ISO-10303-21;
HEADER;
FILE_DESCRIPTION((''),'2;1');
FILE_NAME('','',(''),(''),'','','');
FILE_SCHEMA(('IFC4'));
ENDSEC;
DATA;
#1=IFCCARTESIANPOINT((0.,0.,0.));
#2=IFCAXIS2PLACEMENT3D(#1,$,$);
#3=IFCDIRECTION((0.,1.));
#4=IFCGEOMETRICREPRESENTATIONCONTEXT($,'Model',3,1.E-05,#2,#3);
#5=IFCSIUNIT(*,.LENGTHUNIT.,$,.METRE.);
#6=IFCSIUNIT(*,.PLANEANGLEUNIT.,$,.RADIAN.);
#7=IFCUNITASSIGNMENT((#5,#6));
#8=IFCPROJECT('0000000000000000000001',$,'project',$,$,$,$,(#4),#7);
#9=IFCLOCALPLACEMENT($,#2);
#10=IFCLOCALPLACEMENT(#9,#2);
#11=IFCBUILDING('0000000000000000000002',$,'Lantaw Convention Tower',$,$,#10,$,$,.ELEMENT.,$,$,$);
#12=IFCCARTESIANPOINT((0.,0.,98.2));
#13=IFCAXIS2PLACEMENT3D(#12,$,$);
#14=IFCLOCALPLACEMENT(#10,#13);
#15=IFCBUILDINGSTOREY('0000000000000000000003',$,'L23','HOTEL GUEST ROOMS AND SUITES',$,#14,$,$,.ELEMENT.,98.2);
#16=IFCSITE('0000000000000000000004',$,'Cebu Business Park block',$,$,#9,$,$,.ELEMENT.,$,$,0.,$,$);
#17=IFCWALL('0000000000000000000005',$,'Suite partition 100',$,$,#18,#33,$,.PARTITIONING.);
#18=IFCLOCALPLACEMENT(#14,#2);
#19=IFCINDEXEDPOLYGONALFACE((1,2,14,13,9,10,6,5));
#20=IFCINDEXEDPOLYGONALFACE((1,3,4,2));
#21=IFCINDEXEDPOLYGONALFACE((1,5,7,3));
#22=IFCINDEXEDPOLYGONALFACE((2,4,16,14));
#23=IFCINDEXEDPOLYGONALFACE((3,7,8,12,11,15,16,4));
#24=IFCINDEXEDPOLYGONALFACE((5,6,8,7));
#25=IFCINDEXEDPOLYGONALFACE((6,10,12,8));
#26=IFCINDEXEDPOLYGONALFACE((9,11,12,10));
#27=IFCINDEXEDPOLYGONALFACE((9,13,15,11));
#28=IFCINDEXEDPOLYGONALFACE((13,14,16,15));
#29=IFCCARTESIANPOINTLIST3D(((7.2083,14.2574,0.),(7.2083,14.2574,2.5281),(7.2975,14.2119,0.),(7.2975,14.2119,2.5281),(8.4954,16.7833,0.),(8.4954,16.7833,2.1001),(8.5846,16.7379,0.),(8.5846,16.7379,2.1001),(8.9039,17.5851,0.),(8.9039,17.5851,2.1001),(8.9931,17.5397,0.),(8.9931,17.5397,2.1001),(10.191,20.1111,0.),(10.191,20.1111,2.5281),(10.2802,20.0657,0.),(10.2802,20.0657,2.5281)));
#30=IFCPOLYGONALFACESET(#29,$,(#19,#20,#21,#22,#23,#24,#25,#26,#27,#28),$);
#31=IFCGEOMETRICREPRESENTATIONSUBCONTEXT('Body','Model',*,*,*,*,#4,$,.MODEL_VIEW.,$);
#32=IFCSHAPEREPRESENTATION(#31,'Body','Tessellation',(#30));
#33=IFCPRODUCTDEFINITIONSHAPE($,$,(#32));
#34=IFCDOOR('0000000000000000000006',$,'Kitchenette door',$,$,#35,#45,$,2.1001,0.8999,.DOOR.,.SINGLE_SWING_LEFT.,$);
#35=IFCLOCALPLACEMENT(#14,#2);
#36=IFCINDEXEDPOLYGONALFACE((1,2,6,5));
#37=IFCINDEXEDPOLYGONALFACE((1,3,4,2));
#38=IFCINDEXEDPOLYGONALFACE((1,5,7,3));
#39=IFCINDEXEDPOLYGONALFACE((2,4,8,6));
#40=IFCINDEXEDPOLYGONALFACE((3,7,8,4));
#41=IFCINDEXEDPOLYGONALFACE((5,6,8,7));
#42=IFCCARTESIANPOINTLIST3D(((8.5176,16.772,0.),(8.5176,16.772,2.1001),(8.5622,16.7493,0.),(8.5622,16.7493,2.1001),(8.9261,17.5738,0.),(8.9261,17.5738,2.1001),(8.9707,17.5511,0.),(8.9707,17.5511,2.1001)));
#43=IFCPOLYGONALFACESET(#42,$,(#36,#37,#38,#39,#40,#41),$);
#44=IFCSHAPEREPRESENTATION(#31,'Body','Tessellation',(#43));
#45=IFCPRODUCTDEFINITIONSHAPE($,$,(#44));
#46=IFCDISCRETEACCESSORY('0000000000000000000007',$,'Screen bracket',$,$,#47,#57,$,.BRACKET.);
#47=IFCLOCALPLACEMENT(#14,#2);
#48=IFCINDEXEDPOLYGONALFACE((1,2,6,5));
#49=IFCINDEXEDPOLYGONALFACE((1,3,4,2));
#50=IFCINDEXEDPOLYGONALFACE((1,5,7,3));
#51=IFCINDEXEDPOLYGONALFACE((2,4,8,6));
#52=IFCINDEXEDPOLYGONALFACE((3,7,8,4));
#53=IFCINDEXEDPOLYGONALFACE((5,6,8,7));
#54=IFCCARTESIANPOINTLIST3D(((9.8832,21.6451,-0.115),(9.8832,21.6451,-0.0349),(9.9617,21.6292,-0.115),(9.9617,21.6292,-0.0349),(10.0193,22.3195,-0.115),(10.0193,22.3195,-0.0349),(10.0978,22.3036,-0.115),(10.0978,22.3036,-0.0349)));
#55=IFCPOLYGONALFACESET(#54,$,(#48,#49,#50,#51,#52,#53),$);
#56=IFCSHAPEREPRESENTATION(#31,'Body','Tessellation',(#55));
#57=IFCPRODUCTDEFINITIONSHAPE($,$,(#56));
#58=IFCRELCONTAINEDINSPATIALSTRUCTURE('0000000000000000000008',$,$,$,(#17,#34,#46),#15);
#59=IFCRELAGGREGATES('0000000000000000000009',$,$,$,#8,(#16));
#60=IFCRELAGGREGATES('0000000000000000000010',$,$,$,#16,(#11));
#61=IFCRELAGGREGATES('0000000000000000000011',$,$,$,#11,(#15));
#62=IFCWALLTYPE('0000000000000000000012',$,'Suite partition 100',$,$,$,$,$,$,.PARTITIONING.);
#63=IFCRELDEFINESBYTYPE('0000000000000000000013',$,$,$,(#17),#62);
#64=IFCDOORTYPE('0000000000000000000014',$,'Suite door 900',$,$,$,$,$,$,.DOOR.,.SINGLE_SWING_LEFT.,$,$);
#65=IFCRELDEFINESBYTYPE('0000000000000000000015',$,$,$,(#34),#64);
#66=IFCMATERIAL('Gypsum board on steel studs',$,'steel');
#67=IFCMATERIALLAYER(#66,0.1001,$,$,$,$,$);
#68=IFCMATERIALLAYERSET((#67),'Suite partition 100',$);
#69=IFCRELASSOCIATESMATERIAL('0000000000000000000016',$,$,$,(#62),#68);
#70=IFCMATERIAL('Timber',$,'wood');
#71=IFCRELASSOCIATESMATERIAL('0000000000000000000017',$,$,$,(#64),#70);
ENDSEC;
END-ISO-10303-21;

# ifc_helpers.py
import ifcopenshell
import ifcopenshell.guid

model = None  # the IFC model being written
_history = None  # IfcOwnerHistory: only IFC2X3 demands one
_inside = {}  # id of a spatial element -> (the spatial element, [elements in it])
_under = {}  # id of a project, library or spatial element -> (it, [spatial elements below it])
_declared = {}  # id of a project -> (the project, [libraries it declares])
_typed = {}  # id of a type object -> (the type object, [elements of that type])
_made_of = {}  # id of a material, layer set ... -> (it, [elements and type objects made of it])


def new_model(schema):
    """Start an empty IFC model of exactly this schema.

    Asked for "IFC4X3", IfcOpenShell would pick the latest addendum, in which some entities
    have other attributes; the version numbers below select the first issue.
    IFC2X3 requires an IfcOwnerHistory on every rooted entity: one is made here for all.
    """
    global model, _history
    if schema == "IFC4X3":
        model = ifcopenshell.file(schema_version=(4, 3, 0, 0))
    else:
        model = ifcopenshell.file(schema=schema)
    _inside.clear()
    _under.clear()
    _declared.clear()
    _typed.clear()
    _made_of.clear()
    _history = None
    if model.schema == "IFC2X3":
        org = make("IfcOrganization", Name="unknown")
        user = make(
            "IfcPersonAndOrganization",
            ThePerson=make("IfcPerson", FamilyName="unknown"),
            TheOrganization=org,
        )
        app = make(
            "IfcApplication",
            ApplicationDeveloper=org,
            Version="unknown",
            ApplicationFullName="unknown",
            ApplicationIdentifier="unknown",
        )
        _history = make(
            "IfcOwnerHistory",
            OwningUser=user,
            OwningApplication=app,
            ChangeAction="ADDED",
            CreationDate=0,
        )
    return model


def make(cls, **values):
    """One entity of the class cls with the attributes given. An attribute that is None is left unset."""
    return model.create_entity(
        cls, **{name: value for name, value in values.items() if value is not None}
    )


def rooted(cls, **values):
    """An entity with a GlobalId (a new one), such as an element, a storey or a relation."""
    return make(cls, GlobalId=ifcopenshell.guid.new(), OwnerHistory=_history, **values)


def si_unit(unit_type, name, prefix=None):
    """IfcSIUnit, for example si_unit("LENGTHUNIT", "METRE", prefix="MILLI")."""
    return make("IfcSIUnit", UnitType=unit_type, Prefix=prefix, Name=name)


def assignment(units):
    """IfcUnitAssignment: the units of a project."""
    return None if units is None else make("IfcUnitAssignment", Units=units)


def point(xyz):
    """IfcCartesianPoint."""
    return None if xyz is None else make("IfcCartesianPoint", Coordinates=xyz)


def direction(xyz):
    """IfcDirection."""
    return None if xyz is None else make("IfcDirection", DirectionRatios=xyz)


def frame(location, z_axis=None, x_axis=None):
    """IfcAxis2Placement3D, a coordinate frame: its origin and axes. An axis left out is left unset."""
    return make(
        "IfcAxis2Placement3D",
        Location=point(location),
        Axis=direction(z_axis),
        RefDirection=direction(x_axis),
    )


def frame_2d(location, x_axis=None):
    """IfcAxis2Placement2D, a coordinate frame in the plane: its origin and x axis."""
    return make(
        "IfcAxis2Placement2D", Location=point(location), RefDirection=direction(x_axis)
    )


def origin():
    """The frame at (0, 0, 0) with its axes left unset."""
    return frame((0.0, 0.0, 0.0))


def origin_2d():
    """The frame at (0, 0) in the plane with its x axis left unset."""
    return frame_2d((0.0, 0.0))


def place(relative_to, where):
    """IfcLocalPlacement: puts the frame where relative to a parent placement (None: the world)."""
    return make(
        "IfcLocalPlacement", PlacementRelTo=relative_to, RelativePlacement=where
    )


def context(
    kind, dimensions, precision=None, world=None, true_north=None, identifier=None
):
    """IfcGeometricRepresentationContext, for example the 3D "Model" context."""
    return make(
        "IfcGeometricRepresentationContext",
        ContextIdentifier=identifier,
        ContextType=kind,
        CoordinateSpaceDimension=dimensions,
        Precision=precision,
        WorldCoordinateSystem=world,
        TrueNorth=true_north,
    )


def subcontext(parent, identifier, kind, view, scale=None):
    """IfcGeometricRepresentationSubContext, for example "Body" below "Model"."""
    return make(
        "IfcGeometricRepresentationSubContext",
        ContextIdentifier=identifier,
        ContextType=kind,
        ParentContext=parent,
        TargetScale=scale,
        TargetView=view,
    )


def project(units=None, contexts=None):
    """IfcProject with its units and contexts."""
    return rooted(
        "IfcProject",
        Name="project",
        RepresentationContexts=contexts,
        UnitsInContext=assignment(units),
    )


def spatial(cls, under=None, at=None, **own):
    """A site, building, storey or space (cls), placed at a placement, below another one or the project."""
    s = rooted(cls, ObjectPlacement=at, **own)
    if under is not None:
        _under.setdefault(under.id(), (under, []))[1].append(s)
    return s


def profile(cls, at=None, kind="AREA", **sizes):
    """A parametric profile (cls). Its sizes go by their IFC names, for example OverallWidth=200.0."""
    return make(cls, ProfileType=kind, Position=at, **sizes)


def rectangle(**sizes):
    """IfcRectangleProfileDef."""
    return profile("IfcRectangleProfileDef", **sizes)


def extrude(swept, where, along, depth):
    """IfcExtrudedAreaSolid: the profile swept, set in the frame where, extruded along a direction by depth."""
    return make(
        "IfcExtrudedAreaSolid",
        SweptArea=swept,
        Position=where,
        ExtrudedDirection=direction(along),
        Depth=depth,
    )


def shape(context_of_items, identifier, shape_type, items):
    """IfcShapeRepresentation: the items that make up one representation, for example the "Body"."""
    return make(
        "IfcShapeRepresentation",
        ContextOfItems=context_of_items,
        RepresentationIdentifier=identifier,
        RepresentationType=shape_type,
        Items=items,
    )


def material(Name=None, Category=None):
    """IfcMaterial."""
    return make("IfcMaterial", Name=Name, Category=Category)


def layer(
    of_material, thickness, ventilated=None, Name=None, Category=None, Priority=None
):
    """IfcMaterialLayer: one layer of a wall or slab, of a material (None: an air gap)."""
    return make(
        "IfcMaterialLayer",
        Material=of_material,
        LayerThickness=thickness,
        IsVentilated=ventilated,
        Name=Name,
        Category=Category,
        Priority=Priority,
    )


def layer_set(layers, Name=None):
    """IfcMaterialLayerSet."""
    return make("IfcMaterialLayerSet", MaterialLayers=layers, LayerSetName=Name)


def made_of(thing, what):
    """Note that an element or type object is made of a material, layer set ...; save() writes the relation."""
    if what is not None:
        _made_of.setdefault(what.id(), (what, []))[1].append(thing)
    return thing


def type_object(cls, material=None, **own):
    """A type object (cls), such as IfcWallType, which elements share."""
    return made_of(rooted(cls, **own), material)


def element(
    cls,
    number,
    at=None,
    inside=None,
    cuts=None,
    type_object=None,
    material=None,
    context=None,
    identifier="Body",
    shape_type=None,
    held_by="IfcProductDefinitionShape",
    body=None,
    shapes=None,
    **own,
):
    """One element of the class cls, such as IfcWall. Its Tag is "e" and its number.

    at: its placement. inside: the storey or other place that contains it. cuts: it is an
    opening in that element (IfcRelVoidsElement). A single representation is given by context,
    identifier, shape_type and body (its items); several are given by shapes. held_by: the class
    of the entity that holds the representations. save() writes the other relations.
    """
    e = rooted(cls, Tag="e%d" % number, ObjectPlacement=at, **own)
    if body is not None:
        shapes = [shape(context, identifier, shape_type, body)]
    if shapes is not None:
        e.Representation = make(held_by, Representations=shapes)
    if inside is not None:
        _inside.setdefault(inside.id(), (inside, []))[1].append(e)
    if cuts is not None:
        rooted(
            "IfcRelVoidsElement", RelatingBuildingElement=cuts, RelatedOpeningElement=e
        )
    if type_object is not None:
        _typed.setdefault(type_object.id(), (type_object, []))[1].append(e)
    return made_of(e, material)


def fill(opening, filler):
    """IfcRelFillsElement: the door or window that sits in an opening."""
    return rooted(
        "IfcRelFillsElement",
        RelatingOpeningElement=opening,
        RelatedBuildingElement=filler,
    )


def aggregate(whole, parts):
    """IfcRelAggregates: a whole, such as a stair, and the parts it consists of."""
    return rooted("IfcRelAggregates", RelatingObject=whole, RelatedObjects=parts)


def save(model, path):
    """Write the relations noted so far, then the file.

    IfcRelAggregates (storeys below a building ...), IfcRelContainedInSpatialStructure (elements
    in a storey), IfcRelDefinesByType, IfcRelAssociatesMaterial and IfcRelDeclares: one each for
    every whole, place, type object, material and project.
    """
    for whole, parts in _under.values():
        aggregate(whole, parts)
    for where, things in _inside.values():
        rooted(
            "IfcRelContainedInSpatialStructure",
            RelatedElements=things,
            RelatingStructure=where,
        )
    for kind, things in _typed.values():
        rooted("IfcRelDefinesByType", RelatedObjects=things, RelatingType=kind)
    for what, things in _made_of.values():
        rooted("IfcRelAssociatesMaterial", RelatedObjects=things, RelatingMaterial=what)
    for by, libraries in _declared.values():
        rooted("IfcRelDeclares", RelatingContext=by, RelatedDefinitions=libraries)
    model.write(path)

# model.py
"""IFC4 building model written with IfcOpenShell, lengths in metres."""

from ifc_helpers import new_model, si_unit, direction, frame, frame_2d, origin, origin_2d, place, context, subcontext, project, spatial, rectangle, extrude, material, layer, layer_set, type_object, element, fill, save


model = new_model("IFC4")

# Units and contexts
model_context = context("Model", 3, precision=1e-05, world=origin(), true_north=direction((0.0, 1.0)))
body_context = subcontext(model_context, "Body", "Model", "MODEL_VIEW")
ifc_project = project(units=[si_unit("LENGTHUNIT", "METRE"), si_unit("PLANEANGLEUNIT", "RADIAN")], contexts=[model_context])

# Site, building, storey
site_placement = place(None, origin())
site = spatial("IfcSite", under=ifc_project, at=site_placement, Name="Cebu Business Park block", CompositionType="ELEMENT", RefElevation=0.0)
building_placement = place(site_placement, origin())
building = spatial("IfcBuilding", under=site, at=building_placement, Name="Lantaw Convention Tower", CompositionType="ELEMENT")
storey_placement = place(building_placement, frame((0.0, 0.0, 98.2)))
storey = spatial("IfcBuildingStorey", under=building, at=storey_placement, Name="L23", Description="HOTEL GUEST ROOMS AND SUITES", CompositionType="ELEMENT", Elevation=98.2)

# Wall, opening, door
ifc_material_1 = material(Name="Gypsum board on steel studs", Category="steel")
ifc_layer_1 = layer(ifc_material_1, 0.1001)
ifc_layer_set_1 = layer_set([ifc_layer_1], Name="Suite partition 100")
wall_type_1 = type_object("IfcWallType", Name="Suite partition 100", PredefinedType="PARTITIONING", material=ifc_layer_set_1)
wall_1_placement = place(storey_placement, frame((10.2356, 20.0884, 0.0), z_axis=(0.0, 0.0, 1.0), x_axis=(-0.453994, -0.891005, 0.0)))
wall_1 = element("IfcWall", 1, at=wall_1_placement, inside=storey, type_object=wall_type_1, Name="Suite partition 100", PredefinedType="PARTITIONING", context=body_context, shape_type="SweptSolid", body=[
    extrude(rectangle(XDim=6.5698, YDim=0.1001, at=frame_2d((3.2849, 0.0))), origin(), (0.0, 0.0, 1.0), 2.5281),
])
opening_1_placement = place(wall_1_placement, frame((2.835, 0.0, 0.0)))
opening_1 = element("IfcOpeningElement", 2, at=opening_1_placement, cuts=wall_1, PredefinedType="OPENING", context=body_context, shape_type="SweptSolid", body=[
    extrude(rectangle(XDim=0.8999, YDim=2.1001, at=frame_2d((0.45, 1.05))), frame((0.0, 0.0601, 0.0), z_axis=(0.0, -1.0, 0.0), x_axis=(1.0, 0.0, 0.0)), (0.0, 0.0, 1.0), 0.1201),
])
ifc_material_2 = material(Name="Timber", Category="wood")
door_type_1 = type_object("IfcDoorType", Name="Suite door 900", OperationType="SINGLE_SWING_LEFT", PredefinedType="DOOR", material=ifc_material_2)
door_1_placement = place(opening_1_placement, origin())
door_1 = element("IfcDoor", 3, at=door_1_placement, inside=storey, type_object=door_type_1, Name="Kitchenette door", OperationType="SINGLE_SWING_LEFT", OverallHeight=2.1001, OverallWidth=0.8999, PredefinedType="DOOR", context=body_context, shape_type="SweptSolid", body=[
    extrude(rectangle(XDim=0.8999, YDim=2.1001, at=frame_2d((0.45, 1.05))), frame((0.0, 0.0249, 0.0), z_axis=(0.0, -1.0, 0.0), x_axis=(1.0, 0.0, 0.0)), (0.0, 0.0, 1.0), 0.05),
])
fill(opening_1, door_1)

# Discrete accessory
discrete_accessory_placement = place(storey_placement, frame((9.9905, 21.9744, -0.115), z_axis=(0.0, 0.0, 1.0), x_axis=(-0.980245, 0.197789, 0.0)))
element("IfcDiscreteAccessory", 4, at=discrete_accessory_placement, inside=storey, Name="Screen bracket", PredefinedType="BRACKET", context=body_context, shape_type="SweptSolid", body=[
    extrude(rectangle(XDim=0.0801, YDim=0.688, at=origin_2d()), origin(), (0.0, 0.0, 1.0), 0.0801),
])

save(model, "model.ifc")
